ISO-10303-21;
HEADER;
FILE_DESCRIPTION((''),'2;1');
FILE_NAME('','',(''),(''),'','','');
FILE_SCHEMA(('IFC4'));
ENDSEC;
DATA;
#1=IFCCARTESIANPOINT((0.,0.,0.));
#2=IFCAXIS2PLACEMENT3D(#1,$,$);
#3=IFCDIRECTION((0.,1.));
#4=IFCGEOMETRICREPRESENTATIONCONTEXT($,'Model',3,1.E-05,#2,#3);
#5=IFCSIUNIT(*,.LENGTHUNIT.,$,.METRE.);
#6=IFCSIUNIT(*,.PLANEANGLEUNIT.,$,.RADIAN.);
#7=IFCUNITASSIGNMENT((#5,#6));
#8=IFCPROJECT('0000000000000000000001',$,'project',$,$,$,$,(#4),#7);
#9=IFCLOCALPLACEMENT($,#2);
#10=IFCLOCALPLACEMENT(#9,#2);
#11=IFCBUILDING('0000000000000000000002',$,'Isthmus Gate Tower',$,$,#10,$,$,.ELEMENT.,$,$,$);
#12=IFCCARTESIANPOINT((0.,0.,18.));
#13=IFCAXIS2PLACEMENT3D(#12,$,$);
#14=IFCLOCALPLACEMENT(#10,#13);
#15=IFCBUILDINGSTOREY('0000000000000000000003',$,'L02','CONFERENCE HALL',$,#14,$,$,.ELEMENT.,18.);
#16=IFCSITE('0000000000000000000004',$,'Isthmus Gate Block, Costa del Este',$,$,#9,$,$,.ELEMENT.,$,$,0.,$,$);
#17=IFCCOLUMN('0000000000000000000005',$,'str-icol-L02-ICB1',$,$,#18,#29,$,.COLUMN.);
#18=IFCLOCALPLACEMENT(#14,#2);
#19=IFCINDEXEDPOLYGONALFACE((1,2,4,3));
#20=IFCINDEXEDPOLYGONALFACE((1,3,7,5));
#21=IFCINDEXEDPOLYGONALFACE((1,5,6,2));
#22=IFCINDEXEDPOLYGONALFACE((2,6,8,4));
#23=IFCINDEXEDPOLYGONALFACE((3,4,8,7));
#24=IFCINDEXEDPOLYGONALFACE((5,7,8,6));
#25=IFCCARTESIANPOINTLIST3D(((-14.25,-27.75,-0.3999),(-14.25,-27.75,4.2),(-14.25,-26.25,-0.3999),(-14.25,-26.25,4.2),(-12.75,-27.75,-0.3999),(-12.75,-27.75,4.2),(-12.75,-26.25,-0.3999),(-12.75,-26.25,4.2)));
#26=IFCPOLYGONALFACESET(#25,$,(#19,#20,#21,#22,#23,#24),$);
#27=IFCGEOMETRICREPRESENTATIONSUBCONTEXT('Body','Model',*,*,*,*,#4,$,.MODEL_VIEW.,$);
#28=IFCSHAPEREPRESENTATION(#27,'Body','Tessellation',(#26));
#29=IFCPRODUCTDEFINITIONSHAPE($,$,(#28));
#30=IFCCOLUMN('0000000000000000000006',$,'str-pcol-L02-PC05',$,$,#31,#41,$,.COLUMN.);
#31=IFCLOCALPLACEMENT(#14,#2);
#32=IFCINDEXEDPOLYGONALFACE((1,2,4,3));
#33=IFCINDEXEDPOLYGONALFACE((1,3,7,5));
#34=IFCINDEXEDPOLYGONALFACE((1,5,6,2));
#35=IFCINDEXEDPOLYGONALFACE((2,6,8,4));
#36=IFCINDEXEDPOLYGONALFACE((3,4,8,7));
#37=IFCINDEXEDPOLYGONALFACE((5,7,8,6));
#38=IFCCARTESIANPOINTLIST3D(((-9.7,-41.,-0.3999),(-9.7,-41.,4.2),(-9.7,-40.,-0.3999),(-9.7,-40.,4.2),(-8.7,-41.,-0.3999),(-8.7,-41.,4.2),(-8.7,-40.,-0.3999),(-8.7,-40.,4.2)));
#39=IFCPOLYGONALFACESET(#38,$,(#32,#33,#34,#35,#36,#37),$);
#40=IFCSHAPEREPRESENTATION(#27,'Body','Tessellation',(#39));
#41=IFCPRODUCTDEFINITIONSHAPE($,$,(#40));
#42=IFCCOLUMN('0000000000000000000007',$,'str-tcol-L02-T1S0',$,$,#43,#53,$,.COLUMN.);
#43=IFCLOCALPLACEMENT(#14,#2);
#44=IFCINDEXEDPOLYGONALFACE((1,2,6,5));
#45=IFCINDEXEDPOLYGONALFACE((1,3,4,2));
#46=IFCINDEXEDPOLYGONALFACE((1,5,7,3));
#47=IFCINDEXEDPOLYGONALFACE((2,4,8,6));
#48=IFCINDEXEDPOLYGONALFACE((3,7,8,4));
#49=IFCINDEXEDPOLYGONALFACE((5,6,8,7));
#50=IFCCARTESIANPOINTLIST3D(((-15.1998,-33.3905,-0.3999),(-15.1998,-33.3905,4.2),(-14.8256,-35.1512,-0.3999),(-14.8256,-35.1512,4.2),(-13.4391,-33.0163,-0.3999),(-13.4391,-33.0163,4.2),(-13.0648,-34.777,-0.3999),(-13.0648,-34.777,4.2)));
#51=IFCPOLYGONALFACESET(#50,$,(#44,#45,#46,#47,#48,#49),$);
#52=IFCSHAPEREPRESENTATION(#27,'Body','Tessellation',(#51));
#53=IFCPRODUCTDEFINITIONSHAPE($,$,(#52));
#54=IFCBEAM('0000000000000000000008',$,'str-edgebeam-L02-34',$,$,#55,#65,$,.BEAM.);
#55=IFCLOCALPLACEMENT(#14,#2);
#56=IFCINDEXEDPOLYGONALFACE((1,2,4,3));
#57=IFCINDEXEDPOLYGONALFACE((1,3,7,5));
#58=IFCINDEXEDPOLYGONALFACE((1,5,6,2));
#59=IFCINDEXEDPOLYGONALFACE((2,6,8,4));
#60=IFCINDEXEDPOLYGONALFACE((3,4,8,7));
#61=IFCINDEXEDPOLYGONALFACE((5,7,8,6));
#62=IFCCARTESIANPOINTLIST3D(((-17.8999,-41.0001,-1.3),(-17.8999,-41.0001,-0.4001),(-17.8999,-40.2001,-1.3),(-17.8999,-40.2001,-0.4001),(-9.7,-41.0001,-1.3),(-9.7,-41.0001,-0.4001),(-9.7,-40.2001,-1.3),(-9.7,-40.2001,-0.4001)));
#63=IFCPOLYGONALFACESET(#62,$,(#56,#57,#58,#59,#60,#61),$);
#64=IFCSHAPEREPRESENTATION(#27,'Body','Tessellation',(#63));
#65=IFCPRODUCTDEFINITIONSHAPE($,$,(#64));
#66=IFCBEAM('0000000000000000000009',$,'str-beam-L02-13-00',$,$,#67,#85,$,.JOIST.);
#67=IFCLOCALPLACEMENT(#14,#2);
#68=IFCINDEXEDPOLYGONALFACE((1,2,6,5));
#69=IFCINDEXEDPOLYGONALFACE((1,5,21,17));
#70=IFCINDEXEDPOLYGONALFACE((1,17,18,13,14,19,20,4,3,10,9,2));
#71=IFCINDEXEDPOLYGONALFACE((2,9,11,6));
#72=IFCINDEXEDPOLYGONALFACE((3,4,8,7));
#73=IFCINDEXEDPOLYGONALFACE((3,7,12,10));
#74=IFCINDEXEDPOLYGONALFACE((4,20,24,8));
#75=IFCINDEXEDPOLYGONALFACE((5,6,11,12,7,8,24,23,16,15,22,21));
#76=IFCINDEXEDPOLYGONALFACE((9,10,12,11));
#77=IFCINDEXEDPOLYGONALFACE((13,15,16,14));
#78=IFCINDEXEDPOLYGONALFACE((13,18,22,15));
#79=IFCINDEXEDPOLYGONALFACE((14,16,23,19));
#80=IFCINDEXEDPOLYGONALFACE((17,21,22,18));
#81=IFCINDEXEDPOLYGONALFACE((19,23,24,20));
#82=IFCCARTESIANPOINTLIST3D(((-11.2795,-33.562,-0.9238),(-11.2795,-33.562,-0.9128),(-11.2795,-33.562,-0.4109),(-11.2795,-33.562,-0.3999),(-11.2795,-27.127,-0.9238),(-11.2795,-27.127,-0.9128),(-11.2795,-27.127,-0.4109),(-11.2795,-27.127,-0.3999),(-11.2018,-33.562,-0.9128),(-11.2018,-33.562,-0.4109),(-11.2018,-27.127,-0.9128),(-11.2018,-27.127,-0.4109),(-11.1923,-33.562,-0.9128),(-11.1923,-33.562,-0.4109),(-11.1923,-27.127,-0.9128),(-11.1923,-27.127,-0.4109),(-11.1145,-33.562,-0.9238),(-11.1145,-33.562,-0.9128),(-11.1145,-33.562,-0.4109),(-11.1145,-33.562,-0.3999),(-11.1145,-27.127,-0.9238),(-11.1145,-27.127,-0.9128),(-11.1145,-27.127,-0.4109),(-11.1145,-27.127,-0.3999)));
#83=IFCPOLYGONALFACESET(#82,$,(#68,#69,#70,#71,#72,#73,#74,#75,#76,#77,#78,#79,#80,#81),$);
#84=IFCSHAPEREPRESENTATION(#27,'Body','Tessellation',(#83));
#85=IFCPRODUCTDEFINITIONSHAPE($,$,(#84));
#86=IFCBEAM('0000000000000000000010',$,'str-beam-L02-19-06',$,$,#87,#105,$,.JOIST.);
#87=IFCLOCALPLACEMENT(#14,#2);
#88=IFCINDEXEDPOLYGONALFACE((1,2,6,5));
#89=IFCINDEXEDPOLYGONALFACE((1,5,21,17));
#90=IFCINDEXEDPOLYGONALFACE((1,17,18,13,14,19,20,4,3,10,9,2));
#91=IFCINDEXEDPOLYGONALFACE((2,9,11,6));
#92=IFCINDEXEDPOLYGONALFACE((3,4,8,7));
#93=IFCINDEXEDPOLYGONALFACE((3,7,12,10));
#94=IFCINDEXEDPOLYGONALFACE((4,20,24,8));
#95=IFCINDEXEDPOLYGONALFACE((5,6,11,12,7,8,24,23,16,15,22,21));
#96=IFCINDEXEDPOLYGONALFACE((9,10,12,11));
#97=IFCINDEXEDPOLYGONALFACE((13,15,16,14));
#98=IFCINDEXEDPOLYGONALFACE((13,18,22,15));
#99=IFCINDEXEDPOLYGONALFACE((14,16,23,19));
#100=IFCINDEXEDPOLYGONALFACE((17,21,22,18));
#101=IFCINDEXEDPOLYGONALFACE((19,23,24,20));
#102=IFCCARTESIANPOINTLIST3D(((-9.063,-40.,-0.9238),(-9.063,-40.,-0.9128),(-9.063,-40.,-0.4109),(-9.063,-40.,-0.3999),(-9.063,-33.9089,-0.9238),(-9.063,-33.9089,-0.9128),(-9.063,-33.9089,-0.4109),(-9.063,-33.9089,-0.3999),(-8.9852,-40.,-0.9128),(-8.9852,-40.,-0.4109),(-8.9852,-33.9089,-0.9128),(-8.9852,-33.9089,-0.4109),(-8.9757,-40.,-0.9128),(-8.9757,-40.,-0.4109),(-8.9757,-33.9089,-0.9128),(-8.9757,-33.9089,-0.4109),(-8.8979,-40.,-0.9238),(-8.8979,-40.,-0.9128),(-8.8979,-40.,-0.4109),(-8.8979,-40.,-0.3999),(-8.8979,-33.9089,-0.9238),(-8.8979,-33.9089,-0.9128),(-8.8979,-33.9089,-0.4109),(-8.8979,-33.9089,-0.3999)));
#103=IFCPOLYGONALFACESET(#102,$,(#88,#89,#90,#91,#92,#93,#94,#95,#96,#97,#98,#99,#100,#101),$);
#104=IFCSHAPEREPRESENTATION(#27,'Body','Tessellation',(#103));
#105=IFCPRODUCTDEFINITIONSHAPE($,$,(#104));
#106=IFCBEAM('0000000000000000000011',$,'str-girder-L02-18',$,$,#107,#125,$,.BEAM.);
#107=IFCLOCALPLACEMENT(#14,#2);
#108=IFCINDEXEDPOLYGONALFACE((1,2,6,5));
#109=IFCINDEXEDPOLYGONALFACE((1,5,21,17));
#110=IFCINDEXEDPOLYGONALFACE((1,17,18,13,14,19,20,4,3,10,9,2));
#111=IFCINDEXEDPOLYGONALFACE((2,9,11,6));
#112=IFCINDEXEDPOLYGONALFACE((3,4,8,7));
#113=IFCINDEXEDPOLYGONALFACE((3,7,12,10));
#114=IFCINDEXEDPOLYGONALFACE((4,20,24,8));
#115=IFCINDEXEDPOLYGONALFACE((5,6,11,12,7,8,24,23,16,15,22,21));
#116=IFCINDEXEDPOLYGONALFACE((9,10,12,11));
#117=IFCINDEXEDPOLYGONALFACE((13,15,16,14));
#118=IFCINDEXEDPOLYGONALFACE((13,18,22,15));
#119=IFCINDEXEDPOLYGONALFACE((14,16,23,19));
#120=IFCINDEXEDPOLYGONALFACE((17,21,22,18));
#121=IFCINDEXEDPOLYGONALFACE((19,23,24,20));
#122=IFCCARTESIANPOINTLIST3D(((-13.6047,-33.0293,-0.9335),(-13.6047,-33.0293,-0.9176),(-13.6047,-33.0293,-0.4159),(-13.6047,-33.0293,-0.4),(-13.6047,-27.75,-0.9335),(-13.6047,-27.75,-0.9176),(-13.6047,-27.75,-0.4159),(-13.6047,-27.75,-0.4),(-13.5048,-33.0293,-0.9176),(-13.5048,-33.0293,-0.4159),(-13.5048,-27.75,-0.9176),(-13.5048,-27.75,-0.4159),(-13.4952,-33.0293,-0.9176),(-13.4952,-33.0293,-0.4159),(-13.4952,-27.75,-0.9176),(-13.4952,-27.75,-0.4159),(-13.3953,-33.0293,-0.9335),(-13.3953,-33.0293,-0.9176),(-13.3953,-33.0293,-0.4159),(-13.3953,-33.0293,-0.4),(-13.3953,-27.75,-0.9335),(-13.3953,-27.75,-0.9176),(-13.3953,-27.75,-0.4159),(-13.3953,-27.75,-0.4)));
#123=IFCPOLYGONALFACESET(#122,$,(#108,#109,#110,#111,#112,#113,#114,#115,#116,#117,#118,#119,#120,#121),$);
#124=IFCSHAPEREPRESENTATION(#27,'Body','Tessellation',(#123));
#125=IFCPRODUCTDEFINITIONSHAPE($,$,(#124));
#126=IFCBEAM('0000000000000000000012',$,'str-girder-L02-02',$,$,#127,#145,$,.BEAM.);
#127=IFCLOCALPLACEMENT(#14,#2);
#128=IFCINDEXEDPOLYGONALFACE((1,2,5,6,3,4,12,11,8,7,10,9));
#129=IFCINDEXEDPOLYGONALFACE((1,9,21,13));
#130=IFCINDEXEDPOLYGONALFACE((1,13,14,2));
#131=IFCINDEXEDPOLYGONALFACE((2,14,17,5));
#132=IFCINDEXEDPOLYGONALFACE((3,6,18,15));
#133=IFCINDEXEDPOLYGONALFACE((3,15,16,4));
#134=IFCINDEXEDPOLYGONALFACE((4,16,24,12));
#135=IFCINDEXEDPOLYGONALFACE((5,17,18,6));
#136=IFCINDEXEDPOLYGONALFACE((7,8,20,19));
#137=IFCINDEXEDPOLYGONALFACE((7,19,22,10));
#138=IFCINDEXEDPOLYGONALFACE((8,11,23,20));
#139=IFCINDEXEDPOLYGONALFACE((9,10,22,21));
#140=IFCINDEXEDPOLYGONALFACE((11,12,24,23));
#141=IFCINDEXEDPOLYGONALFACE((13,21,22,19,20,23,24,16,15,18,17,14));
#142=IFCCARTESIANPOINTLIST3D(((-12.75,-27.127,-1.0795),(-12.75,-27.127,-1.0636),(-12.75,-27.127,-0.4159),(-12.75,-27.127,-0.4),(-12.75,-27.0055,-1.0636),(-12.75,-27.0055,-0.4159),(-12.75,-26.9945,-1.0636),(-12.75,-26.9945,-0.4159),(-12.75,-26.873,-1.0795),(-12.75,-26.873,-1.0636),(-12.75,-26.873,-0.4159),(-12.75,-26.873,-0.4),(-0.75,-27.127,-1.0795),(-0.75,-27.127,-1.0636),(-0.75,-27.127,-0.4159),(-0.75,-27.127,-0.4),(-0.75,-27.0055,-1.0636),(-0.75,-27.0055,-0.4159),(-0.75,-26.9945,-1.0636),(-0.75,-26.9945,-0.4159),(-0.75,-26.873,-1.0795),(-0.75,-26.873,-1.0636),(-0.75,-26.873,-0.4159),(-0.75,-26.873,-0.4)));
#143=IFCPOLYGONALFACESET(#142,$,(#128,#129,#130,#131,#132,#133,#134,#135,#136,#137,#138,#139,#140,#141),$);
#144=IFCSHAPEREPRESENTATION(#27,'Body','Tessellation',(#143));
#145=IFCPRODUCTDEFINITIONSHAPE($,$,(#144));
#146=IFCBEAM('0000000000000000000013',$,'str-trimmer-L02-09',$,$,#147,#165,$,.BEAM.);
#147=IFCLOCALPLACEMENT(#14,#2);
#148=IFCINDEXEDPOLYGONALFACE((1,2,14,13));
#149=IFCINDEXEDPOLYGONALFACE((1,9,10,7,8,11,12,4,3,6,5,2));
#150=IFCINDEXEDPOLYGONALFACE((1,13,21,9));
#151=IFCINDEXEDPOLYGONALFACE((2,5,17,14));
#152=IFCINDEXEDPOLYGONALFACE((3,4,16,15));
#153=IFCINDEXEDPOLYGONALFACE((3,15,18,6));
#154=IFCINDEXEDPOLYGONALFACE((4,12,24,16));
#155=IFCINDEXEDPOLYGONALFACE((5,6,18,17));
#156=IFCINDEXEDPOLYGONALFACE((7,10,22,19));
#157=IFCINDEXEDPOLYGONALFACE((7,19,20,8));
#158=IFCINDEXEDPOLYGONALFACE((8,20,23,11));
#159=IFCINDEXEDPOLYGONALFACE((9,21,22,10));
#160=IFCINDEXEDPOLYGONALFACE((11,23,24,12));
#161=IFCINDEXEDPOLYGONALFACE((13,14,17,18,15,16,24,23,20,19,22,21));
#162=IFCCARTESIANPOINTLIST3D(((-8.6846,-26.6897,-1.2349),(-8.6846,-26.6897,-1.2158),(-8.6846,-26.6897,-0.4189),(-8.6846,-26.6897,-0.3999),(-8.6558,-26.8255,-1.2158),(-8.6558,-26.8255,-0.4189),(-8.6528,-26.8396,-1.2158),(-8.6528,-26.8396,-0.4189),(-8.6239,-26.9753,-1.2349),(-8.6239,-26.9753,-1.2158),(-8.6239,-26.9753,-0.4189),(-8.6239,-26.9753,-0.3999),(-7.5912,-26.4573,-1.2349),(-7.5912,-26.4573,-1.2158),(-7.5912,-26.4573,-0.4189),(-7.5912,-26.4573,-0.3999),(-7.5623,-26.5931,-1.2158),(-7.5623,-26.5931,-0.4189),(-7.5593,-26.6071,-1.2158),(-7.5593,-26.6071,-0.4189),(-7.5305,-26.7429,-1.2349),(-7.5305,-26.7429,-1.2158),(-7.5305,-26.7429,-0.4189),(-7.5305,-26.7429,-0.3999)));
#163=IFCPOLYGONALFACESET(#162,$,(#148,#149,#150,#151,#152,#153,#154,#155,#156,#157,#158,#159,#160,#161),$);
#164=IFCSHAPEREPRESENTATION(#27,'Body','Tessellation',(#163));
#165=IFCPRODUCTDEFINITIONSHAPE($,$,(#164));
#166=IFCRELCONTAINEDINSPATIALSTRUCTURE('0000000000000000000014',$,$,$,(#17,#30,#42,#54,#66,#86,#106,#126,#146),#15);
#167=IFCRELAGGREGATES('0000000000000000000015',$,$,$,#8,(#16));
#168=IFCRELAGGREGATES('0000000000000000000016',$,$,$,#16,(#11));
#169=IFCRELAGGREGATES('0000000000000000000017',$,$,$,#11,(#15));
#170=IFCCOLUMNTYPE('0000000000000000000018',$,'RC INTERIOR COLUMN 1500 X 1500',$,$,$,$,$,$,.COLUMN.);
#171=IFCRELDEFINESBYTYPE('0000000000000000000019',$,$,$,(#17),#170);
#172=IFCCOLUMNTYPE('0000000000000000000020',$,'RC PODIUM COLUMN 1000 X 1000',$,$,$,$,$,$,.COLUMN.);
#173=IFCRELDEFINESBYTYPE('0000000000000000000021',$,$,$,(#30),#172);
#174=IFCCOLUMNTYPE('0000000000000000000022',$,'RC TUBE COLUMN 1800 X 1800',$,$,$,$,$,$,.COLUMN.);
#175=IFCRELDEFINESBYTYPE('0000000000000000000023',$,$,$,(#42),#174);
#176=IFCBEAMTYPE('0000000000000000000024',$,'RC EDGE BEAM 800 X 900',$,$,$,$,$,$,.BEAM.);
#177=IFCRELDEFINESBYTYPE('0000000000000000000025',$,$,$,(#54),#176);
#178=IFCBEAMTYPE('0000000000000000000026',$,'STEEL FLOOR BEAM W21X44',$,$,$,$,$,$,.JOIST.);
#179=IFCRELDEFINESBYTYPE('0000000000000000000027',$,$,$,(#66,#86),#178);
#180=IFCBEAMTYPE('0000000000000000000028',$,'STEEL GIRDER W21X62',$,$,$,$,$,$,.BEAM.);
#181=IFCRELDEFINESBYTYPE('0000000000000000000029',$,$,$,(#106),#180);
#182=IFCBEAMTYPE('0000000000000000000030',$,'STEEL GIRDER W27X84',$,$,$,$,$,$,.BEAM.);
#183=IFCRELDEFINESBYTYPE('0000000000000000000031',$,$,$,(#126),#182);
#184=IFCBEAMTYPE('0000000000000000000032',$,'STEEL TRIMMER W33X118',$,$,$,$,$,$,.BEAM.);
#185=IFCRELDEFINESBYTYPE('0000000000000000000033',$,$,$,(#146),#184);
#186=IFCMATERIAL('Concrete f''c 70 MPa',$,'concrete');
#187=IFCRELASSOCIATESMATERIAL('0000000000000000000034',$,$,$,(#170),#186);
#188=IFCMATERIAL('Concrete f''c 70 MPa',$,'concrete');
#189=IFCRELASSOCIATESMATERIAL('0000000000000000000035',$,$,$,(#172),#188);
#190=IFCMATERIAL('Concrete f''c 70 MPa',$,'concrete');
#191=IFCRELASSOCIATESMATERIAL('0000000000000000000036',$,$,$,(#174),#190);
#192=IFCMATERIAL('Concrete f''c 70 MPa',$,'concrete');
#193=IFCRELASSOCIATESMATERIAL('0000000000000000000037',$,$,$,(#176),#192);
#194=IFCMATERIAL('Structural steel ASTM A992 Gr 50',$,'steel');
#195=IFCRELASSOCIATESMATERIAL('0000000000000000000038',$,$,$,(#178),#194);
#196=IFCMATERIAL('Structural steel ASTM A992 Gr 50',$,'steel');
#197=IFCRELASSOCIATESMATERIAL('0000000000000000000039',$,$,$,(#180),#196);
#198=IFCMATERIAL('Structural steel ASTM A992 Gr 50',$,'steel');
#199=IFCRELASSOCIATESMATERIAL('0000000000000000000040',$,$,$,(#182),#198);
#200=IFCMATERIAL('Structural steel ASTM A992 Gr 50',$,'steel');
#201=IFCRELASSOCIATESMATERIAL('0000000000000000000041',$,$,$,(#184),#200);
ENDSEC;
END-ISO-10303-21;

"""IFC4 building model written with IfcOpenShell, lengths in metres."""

from ifc_helpers import new_model, si_unit, direction, frame, origin, origin_2d, place, context, subcontext, project, spatial, rectangle, i_section, extrude, material, material_profile, profile_set, type_object, element, save


model = new_model("IFC4")

# Units and contexts
model_context = context("Model", 3, precision=1e-05, world=origin(), true_north=direction((0.0, 1.0)))
body_context = subcontext(model_context, "Body", "Model", "MODEL_VIEW")
ifc_project = project(units=[si_unit("LENGTHUNIT", "METRE"), si_unit("PLANEANGLEUNIT", "RADIAN")], contexts=[model_context])

# Site, building, storey
site_placement = place(None, origin())
site = spatial("IfcSite", under=ifc_project, at=site_placement, Name="Isthmus Gate Block, Costa del Este", CompositionType="ELEMENT", RefElevation=0.0)
building_placement = place(site_placement, origin())
building = spatial("IfcBuilding", under=site, at=building_placement, Name="Isthmus Gate Tower", CompositionType="ELEMENT")
storey_placement = place(building_placement, frame((0.0, 0.0, 18.0)))
storey = spatial("IfcBuildingStorey", under=building, at=storey_placement, Name="L02", Description="CONFERENCE HALL", CompositionType="ELEMENT", Elevation=18.0)

# Columns
ifc_material_1 = material(Name="Concrete f'c 70 MPa", Category="concrete")
ifc_material_profile_1 = material_profile(ifc_material_1, rectangle(XDim=1.5, YDim=1.5, at=origin_2d()), Name="RC 1500X1500")
ifc_profile_set_1 = profile_set([ifc_material_profile_1], Name="Concrete f'c 70 MPa")
column_type_1 = type_object("IfcColumnType", Name="RC INTERIOR COLUMN 1500 X 1500", PredefinedType="COLUMN", material=ifc_profile_set_1)
column_1_placement = place(storey_placement, frame((-13.5, -27.0, -0.3999), z_axis=(0.0, 0.0, 1.0), x_axis=(1.0, 0.0, 0.0)))
element("IfcColumn", 1, at=column_1_placement, inside=storey, type_object=column_type_1, Name="str-icol-L02-ICB1", PredefinedType="COLUMN", context=body_context, shape_type="SweptSolid", body=[
    extrude(rectangle(XDim=1.5, YDim=1.5, at=origin_2d()), origin(), (0.0, 0.0, 1.0), 4.5999),
])
ifc_material_2 = material(Name="Concrete f'c 70 MPa", Category="concrete")
ifc_material_profile_2 = material_profile(ifc_material_2, rectangle(XDim=1.0, YDim=1.0, at=origin_2d()), Name="RC 1000X1000")
ifc_profile_set_2 = profile_set([ifc_material_profile_2], Name="Concrete f'c 70 MPa")
column_type_2 = type_object("IfcColumnType", Name="RC PODIUM COLUMN 1000 X 1000", PredefinedType="COLUMN", material=ifc_profile_set_2)
column_2_placement = place(storey_placement, frame((-9.2, -40.5, -0.3999), z_axis=(0.0, 0.0, 1.0), x_axis=(1.0, 0.0, 0.0)))
element("IfcColumn", 2, at=column_2_placement, inside=storey, type_object=column_type_2, Name="str-pcol-L02-PC05", PredefinedType="COLUMN", context=body_context, shape_type="SweptSolid", body=[
    extrude(rectangle(XDim=1.0, YDim=1.0, at=origin_2d()), origin(), (0.0, 0.0, 1.0), 4.5999),
])
ifc_material_3 = material(Name="Concrete f'c 70 MPa", Category="concrete")
ifc_material_profile_3 = material_profile(ifc_material_3, rectangle(XDim=1.8, YDim=1.8, at=origin_2d()), Name="RC 1800X1800")
ifc_profile_set_3 = profile_set([ifc_material_profile_3], Name="Concrete f'c 70 MPa")
column_type_3 = type_object("IfcColumnType", Name="RC TUBE COLUMN 1800 X 1800", PredefinedType="COLUMN", material=ifc_profile_set_3)
column_3_placement = place(storey_placement, frame((-14.1323, -34.0837, -0.3999), z_axis=(0.0, 0.0, 1.0), x_axis=(0.978148, 0.207912, 0.0)))
element("IfcColumn", 3, at=column_3_placement, inside=storey, type_object=column_type_3, Name="str-tcol-L02-T1S0", PredefinedType="COLUMN", context=body_context, shape_type="SweptSolid", body=[
    extrude(rectangle(XDim=1.8, YDim=1.8, at=origin_2d()), origin(), (0.0, 0.0, 1.0), 4.5999),
])

# Beams
ifc_material_4 = material(Name="Concrete f'c 70 MPa", Category="concrete")
ifc_material_profile_4 = material_profile(ifc_material_4, rectangle(XDim=0.8, YDim=0.8999, at=origin_2d()), Name="RC 800X900")
ifc_profile_set_4 = profile_set([ifc_material_profile_4], Name="Concrete f'c 70 MPa")
beam_type_1 = type_object("IfcBeamType", Name="RC EDGE BEAM 800 X 900", PredefinedType="BEAM", material=ifc_profile_set_4)
beam_1_placement = place(storey_placement, frame((-9.7, -40.6001, -0.8501), z_axis=(-1.0, 0.0, 0.0), x_axis=(0.0, -1.0, 0.0)))
element("IfcBeam", 4, at=beam_1_placement, inside=storey, type_object=beam_type_1, Name="str-edgebeam-L02-34", PredefinedType="BEAM", context=body_context, shape_type="SweptSolid", body=[
    extrude(rectangle(XDim=0.8, YDim=0.8999, at=origin_2d()), origin(), (0.0, 0.0, 1.0), 8.2),
])
ifc_material_5 = material(Name="Structural steel ASTM A992 Gr 50", Category="steel")
ifc_material_profile_5 = material_profile(ifc_material_5, i_section(OverallWidth=0.165, OverallDepth=0.5239, WebThickness=0.0095, FlangeThickness=0.011, at=origin_2d()), Name="W21X44")
ifc_profile_set_5 = profile_set([ifc_material_profile_5], Name="Structural steel ASTM A992 Gr 50")
beam_type_2 = type_object("IfcBeamType", Name="STEEL FLOOR BEAM W21X44", PredefinedType="JOIST", material=ifc_profile_set_5)
beam_2_placement = place(storey_placement, frame((-11.197, -33.562, -0.6619), z_axis=(0.0, 1.0, 0.0), x_axis=(-1.0, 0.0, 0.0)))
element("IfcBeam", 5, at=beam_2_placement, inside=storey, type_object=beam_type_2, Name="str-beam-L02-13-00", PredefinedType="JOIST", context=body_context, shape_type="SweptSolid", body=[
    extrude(i_section(OverallWidth=0.165, OverallDepth=0.5239, WebThickness=0.0095, FlangeThickness=0.011, at=origin_2d()), origin(), (0.0, 0.0, 1.0), 6.4351),
])
beam_3_placement = place(storey_placement, frame((-8.9805, -40.0, -0.6619), z_axis=(0.0, 1.0, 0.0), x_axis=(-1.0, 0.0, 0.0)))
element("IfcBeam", 6, at=beam_3_placement, inside=storey, type_object=beam_type_2, Name="str-beam-L02-19-06", PredefinedType="JOIST", context=body_context, shape_type="SweptSolid", body=[
    extrude(i_section(OverallWidth=0.165, OverallDepth=0.5239, WebThickness=0.0095, FlangeThickness=0.011, at=origin_2d()), origin(), (0.0, 0.0, 1.0), 6.0911),
])
ifc_material_6 = material(Name="Structural steel ASTM A992 Gr 50", Category="steel")
ifc_material_profile_6 = material_profile(ifc_material_6, i_section(OverallWidth=0.2095, OverallDepth=0.5334, WebThickness=0.0095, FlangeThickness=0.0159, at=origin_2d()), Name="W21X62")
ifc_profile_set_6 = profile_set([ifc_material_profile_6], Name="Structural steel ASTM A992 Gr 50")
beam_type_3 = type_object("IfcBeamType", Name="STEEL GIRDER W21X62", PredefinedType="BEAM", material=ifc_profile_set_6)
beam_4_placement = place(storey_placement, frame((-13.5, -33.0293, -0.6667), z_axis=(0.0, 1.0, 0.0), x_axis=(-1.0, 0.0, 0.0)))
element("IfcBeam", 7, at=beam_4_placement, inside=storey, type_object=beam_type_3, Name="str-girder-L02-18", PredefinedType="BEAM", context=body_context, shape_type="SweptSolid", body=[
    extrude(i_section(OverallWidth=0.2095, OverallDepth=0.5334, WebThickness=0.0095, FlangeThickness=0.0159, at=origin_2d()), origin(), (0.0, 0.0, 1.0), 5.2793),
])
ifc_material_7 = material(Name="Structural steel ASTM A992 Gr 50", Category="steel")
ifc_material_profile_7 = material_profile(ifc_material_7, i_section(OverallWidth=0.2539, OverallDepth=0.6794, WebThickness=0.011, FlangeThickness=0.0159, at=origin_2d()), Name="W27X84")
ifc_profile_set_7 = profile_set([ifc_material_profile_7], Name="Structural steel ASTM A992 Gr 50")
beam_type_4 = type_object("IfcBeamType", Name="STEEL GIRDER W27X84", PredefinedType="BEAM", material=ifc_profile_set_7)
beam_5_placement = place(storey_placement, frame((-12.75, -27.0, -0.7397), z_axis=(1.0, 0.0, 0.0), x_axis=(0.0, 1.0, 0.0)))
element("IfcBeam", 8, at=beam_5_placement, inside=storey, type_object=beam_type_4, Name="str-girder-L02-02", PredefinedType="BEAM", context=body_context, shape_type="SweptSolid", body=[
    extrude(i_section(OverallWidth=0.2539, OverallDepth=0.6794, WebThickness=0.011, FlangeThickness=0.0159, at=origin_2d()), origin(), (0.0, 0.0, 1.0), 12.0),
])
ifc_material_8 = material(Name="Structural steel ASTM A992 Gr 50", Category="steel")
ifc_material_profile_8 = material_profile(ifc_material_8, i_section(OverallWidth=0.292, OverallDepth=0.835, WebThickness=0.0144, FlangeThickness=0.019, at=origin_2d()), Name="W33X118")
ifc_profile_set_8 = profile_set([ifc_material_profile_8], Name="Structural steel ASTM A992 Gr 50")
beam_type_5 = type_object("IfcBeamType", Name="STEEL TRIMMER W33X118", PredefinedType="BEAM", material=ifc_profile_set_8)
beam_6_placement = place(storey_placement, frame((-8.6543, -26.8325, -0.8174), z_axis=(0.978149, 0.207903, 0.0), x_axis=(-0.207903, 0.978149, 0.0)))
element("IfcBeam", 9, at=beam_6_placement, inside=storey, type_object=beam_type_5, Name="str-trimmer-L02-09", PredefinedType="BEAM", context=body_context, shape_type="SweptSolid", body=[
    extrude(i_section(OverallWidth=0.292, OverallDepth=0.835, WebThickness=0.0144, FlangeThickness=0.019, at=origin_2d()), origin(), (0.0, 0.0, 1.0), 1.1179),
])

save(model, "model.ifc")
